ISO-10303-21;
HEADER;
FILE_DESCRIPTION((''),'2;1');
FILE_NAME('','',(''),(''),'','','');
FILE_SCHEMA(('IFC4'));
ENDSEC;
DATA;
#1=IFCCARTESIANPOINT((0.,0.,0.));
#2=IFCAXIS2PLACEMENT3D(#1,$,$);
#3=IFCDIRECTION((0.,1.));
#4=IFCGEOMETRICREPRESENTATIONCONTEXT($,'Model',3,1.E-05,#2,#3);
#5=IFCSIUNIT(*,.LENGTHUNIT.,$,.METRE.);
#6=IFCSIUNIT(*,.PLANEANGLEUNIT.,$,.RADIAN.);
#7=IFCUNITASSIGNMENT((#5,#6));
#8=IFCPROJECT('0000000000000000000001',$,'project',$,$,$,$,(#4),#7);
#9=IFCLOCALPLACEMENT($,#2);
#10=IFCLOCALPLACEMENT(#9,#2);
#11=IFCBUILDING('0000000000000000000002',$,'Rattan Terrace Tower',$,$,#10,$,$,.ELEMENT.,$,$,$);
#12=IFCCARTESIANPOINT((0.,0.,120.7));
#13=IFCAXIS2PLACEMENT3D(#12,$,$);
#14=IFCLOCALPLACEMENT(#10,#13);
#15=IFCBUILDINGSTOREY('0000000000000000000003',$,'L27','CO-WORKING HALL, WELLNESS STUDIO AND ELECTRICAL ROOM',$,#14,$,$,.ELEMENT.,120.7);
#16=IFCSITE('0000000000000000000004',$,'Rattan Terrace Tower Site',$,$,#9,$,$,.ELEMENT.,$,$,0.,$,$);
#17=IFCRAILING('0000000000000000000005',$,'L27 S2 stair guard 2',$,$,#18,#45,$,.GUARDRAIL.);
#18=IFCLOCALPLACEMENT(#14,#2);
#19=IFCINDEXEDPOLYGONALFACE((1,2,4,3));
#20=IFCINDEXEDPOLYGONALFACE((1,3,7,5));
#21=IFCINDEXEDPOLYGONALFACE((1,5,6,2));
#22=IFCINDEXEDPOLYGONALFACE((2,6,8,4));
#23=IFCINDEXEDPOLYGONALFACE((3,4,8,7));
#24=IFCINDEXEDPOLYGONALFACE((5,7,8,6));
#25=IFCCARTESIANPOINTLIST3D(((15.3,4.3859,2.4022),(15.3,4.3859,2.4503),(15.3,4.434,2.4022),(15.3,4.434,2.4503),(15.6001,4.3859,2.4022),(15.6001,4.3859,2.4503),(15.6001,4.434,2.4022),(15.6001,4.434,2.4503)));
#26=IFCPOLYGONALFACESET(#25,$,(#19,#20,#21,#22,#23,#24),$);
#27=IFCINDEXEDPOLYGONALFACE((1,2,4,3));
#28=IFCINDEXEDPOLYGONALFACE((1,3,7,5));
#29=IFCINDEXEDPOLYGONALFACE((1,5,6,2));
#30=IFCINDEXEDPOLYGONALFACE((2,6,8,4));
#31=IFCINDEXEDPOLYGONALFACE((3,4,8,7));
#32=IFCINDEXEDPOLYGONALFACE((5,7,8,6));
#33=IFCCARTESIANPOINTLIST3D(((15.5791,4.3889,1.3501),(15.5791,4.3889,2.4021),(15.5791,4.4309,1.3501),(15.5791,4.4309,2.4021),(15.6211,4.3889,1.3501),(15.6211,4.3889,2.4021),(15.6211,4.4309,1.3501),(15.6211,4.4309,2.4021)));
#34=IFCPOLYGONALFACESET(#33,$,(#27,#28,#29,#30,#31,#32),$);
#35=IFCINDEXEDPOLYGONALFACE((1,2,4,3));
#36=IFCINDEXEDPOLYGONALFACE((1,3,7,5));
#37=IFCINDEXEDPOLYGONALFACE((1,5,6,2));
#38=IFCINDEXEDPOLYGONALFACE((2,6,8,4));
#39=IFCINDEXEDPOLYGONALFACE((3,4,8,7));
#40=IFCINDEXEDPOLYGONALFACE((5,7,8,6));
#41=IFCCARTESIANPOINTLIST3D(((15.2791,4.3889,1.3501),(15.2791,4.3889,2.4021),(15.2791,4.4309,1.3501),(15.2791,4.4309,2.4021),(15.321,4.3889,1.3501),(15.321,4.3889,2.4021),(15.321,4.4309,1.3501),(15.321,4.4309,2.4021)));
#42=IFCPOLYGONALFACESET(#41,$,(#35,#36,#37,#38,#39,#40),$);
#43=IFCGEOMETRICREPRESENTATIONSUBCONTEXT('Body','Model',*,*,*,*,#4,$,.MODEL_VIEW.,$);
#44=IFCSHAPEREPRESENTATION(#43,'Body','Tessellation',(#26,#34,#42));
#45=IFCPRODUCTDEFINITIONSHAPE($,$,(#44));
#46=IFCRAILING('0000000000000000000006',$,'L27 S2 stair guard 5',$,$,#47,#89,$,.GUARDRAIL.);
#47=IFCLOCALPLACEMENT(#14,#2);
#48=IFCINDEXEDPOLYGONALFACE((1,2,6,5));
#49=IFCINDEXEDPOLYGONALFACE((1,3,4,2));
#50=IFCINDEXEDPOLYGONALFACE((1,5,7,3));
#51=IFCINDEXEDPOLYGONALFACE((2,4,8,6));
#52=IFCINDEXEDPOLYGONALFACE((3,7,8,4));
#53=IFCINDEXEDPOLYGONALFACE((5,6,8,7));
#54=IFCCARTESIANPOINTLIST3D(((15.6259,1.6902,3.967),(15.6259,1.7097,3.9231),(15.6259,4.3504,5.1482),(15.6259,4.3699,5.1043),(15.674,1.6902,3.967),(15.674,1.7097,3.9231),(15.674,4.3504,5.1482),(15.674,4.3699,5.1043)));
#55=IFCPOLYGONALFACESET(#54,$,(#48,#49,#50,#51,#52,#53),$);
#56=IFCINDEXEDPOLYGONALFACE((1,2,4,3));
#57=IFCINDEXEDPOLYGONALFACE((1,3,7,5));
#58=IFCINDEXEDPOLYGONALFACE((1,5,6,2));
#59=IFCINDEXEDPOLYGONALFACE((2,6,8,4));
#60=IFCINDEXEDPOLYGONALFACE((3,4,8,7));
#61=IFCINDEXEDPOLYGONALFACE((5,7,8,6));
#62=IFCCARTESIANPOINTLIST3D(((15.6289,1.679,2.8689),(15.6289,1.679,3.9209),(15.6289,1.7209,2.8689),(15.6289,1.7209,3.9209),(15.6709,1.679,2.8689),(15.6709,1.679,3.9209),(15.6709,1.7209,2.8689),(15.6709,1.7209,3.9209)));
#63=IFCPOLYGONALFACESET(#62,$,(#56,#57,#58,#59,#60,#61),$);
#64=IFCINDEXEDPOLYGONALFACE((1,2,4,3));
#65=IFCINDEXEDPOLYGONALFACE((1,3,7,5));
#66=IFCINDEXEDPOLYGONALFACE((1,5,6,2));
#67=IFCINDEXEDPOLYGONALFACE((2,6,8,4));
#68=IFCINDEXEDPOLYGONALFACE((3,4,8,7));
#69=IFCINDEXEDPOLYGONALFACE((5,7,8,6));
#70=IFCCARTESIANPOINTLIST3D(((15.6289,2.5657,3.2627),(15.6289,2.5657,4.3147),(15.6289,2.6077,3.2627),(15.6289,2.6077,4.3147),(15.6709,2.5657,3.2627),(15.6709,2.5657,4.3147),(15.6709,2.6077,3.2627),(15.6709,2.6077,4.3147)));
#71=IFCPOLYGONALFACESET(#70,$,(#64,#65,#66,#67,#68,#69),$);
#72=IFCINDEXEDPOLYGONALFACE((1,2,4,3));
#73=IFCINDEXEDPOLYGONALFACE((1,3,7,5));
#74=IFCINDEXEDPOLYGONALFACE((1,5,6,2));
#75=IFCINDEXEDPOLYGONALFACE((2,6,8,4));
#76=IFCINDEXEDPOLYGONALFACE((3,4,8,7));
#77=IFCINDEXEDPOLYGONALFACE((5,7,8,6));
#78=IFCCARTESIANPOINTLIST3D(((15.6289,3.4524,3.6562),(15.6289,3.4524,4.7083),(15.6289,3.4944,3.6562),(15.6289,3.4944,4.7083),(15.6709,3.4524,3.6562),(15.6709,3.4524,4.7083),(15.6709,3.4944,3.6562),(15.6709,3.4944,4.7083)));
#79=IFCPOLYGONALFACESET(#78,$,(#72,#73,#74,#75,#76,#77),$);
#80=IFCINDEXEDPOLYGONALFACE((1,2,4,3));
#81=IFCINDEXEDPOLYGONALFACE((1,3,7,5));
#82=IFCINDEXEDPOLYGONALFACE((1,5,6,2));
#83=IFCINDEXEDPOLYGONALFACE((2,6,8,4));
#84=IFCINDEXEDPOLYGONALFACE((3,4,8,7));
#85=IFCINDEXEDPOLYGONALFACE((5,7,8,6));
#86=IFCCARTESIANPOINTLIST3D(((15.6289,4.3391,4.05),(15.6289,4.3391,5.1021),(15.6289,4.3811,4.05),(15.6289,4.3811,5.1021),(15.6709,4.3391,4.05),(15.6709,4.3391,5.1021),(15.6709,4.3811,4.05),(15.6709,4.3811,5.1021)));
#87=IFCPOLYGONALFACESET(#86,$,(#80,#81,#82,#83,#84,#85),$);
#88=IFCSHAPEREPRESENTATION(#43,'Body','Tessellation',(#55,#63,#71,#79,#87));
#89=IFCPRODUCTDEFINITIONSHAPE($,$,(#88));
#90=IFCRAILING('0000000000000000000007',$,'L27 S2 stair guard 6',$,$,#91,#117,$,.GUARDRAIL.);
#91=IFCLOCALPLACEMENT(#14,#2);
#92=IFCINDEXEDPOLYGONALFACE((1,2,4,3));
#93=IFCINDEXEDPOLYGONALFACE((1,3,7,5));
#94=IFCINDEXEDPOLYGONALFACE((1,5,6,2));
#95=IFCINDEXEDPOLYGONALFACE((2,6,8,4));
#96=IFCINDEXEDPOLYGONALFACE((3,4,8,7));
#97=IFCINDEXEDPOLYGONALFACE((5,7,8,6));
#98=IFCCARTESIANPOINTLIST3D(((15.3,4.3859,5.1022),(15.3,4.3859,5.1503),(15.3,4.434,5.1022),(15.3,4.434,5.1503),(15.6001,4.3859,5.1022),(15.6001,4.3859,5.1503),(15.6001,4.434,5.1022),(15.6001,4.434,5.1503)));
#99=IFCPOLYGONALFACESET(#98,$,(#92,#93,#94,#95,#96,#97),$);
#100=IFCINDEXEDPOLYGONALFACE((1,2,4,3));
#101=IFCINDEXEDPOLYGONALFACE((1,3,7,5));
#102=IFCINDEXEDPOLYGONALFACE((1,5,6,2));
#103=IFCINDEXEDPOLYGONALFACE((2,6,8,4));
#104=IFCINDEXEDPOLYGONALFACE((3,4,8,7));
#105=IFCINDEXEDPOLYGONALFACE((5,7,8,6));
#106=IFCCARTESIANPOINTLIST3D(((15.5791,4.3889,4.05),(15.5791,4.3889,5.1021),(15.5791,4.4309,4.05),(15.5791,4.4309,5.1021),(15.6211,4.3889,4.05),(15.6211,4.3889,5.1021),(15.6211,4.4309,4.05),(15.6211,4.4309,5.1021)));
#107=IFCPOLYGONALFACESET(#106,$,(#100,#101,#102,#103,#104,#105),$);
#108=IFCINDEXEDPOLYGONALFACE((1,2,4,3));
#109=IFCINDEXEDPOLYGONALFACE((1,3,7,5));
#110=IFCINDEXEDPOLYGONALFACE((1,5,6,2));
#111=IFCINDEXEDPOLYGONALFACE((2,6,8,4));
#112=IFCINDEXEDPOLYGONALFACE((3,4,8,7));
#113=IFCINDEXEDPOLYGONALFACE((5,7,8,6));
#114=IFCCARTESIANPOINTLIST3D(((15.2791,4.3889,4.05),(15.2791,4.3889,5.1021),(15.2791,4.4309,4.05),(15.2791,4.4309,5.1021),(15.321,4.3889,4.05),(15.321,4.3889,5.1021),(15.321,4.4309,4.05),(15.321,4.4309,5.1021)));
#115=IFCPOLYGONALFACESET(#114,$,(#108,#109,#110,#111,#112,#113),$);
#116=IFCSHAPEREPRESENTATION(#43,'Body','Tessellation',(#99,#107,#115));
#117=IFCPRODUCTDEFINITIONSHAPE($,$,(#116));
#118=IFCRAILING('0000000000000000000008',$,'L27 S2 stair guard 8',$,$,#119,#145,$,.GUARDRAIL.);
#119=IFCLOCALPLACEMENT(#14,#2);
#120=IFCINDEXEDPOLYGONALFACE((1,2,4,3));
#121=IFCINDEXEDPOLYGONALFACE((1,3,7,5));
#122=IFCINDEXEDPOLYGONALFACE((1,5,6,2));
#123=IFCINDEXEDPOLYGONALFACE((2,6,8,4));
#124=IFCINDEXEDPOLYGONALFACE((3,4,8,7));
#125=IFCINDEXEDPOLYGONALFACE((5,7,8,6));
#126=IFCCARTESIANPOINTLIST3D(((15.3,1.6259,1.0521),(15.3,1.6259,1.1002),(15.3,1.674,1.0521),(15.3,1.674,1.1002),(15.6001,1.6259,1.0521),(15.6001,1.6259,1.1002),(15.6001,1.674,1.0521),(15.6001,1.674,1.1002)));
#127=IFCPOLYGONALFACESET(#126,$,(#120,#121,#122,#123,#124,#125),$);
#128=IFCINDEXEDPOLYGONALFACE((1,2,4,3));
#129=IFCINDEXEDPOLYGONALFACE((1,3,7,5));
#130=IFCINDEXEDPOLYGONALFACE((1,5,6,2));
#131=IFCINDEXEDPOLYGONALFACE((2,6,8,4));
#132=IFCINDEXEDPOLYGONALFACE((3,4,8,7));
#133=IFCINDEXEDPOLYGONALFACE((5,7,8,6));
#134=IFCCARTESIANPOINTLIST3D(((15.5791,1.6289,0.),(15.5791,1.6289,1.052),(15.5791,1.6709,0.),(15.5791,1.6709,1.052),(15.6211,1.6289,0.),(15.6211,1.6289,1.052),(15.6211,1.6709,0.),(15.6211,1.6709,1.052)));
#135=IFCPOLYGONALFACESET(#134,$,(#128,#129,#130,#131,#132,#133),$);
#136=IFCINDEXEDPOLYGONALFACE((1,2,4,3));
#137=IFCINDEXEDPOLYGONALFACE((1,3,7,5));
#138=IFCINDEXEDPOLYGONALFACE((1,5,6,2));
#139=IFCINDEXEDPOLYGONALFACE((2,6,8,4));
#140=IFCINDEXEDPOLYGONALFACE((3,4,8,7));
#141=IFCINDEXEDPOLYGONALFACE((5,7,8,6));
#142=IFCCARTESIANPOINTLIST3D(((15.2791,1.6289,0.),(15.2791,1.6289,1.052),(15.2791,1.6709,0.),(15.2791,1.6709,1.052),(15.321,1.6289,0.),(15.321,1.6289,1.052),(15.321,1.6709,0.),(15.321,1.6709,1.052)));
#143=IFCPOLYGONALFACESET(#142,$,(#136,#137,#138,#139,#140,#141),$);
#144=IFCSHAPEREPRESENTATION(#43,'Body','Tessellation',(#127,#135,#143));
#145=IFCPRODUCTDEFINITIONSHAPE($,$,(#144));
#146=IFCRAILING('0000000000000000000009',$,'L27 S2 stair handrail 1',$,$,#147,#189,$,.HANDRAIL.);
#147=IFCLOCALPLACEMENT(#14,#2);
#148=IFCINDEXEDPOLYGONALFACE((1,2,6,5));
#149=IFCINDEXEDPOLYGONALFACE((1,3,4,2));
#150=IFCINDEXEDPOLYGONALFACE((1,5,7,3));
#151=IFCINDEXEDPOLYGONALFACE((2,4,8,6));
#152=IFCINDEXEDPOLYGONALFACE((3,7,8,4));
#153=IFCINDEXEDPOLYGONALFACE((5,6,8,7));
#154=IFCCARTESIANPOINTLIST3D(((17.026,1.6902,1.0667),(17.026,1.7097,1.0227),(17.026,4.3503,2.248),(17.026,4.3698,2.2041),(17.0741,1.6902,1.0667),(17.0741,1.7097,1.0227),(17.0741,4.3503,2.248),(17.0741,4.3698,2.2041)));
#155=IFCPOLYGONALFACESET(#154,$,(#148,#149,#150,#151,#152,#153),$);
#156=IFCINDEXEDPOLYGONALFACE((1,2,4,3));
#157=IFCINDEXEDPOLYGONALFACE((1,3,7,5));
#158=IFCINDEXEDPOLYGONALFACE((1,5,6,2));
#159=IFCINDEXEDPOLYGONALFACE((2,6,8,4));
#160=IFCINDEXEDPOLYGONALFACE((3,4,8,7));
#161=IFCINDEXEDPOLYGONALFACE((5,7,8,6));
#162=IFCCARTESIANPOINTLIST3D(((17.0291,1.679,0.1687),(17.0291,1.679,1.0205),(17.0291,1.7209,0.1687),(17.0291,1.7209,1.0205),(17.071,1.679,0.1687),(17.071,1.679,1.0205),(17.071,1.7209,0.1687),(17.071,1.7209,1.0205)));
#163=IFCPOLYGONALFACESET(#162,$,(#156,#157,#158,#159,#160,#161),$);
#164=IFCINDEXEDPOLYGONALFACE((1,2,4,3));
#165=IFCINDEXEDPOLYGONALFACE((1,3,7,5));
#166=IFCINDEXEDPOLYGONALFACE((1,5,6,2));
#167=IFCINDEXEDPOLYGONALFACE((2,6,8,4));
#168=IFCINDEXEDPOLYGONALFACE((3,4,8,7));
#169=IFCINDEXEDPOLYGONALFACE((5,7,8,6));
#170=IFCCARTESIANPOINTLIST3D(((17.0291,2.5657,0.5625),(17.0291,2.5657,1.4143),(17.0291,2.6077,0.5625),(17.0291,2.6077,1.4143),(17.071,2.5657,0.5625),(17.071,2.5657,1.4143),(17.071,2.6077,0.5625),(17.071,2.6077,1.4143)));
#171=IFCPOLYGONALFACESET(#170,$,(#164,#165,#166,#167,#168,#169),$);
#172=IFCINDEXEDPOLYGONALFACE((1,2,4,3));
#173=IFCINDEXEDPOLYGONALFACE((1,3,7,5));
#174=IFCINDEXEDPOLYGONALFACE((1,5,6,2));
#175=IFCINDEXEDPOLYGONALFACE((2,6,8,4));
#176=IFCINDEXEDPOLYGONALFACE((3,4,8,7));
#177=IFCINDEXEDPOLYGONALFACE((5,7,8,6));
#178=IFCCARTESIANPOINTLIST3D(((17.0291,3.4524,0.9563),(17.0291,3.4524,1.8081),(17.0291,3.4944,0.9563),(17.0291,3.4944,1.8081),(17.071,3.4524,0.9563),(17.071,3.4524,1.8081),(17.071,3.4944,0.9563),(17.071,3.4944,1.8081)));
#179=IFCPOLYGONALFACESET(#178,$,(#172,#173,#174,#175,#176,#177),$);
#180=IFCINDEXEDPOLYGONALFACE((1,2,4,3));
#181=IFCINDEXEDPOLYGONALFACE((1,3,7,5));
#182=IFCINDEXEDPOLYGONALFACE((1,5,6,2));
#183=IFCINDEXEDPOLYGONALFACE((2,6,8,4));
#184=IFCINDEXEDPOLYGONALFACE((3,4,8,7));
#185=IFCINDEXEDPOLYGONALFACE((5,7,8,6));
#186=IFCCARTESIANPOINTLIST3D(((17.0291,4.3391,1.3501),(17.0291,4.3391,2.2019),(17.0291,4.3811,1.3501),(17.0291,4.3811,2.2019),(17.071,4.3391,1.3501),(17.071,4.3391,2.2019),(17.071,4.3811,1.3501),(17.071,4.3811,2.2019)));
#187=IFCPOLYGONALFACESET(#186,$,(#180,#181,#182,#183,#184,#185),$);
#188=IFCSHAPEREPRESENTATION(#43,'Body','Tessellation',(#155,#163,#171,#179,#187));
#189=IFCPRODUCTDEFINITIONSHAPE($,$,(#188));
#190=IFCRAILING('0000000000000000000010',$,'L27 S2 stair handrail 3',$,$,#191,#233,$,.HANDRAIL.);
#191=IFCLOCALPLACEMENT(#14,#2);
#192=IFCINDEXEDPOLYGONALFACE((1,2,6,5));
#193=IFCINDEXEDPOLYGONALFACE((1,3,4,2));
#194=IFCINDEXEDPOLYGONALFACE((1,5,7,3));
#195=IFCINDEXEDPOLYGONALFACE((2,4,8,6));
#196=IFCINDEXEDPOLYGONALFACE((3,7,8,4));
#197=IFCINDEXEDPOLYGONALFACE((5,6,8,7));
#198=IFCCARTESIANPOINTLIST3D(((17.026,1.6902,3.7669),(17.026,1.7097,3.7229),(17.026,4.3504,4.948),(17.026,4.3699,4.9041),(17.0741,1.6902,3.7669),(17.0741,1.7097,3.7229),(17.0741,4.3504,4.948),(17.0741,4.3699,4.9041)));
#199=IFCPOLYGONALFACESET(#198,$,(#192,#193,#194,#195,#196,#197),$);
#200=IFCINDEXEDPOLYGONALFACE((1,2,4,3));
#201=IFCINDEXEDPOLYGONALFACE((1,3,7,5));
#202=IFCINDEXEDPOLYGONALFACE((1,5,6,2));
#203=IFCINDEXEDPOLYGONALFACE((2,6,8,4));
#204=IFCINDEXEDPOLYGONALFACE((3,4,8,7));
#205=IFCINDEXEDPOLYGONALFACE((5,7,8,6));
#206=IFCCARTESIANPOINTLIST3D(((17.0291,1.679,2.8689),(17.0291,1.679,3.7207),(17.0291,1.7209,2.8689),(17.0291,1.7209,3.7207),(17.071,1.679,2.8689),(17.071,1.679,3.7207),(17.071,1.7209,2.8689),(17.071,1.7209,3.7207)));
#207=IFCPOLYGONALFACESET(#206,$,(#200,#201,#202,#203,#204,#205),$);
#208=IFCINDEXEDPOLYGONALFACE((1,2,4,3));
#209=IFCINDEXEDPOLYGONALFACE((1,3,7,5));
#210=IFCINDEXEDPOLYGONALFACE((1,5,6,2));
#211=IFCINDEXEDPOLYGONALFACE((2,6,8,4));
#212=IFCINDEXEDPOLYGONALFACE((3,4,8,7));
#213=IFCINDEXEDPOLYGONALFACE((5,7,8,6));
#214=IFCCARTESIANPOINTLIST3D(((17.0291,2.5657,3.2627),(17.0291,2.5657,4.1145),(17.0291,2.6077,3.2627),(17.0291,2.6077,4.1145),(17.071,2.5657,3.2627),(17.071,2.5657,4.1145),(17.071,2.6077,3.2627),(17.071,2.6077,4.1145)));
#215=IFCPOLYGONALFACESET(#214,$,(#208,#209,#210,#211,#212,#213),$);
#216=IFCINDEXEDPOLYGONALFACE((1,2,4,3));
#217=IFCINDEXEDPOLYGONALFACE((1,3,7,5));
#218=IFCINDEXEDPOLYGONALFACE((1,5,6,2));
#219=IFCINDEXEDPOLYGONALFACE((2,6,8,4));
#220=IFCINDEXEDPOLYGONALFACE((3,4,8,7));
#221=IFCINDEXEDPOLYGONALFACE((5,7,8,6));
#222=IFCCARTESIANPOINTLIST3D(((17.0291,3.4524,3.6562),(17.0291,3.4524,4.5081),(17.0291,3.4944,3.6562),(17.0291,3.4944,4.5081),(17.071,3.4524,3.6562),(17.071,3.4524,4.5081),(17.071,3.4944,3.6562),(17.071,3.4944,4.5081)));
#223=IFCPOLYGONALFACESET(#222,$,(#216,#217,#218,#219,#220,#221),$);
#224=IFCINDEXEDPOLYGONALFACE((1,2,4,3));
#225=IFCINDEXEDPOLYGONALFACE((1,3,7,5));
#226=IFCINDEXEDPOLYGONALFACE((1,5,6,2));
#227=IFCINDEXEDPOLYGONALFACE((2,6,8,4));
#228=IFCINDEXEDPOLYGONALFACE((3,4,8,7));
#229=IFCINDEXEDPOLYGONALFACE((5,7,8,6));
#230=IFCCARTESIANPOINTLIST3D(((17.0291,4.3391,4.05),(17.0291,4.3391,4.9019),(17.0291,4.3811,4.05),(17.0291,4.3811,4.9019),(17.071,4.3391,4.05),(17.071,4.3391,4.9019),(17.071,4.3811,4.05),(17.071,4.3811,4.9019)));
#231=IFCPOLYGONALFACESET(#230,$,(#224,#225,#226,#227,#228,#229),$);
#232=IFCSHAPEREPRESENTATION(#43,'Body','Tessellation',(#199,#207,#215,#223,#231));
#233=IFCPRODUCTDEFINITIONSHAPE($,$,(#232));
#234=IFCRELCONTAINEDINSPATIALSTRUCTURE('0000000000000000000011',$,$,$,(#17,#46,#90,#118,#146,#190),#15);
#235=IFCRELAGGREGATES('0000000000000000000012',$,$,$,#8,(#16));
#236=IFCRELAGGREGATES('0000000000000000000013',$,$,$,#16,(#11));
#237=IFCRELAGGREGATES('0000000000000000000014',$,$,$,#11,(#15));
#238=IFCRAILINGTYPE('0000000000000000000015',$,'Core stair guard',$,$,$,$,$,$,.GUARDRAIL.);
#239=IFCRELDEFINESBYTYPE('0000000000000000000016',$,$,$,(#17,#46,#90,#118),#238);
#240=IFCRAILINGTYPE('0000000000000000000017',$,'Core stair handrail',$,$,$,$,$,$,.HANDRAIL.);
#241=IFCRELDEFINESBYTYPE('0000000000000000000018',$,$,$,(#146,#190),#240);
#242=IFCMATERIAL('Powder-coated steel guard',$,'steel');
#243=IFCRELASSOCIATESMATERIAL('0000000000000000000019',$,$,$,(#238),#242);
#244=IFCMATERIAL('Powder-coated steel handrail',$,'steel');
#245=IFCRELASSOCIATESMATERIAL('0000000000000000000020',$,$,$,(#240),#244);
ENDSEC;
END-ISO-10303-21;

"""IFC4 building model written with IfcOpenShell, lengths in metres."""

from ifc_helpers import new_model, si_unit, direction, frame, origin, origin_2d, place, context, subcontext, project, spatial, rectangle, extrude, material, type_object, element, save


model = new_model("IFC4")

# Units and contexts
model_context = context("Model", 3, precision=1e-05, world=origin(), true_north=direction((0.0, 1.0)))
body_context = subcontext(model_context, "Body", "Model", "MODEL_VIEW")
ifc_project = project(units=[si_unit("LENGTHUNIT", "METRE"), si_unit("PLANEANGLEUNIT", "RADIAN")], contexts=[model_context])

# Site, building, storey
site_placement = place(None, origin())
site = spatial("IfcSite", under=ifc_project, at=site_placement, Name="Rattan Terrace Tower Site", CompositionType="ELEMENT", RefElevation=0.0)
building_placement = place(site_placement, origin())
building = spatial("IfcBuilding", under=site, at=building_placement, Name="Rattan Terrace Tower", CompositionType="ELEMENT")
storey_placement = place(building_placement, frame((0.0, 0.0, 120.7)))
storey = spatial("IfcBuildingStorey", under=building, at=storey_placement, Name="L27", Description="CO-WORKING HALL, WELLNESS STUDIO AND ELECTRICAL ROOM", CompositionType="ELEMENT", Elevation=120.7)

# Railings
ifc_material_1 = material(Name="Powder-coated steel guard", Category="steel")
railing_type_1 = type_object("IfcRailingType", Name="Core stair guard", PredefinedType="GUARDRAIL", material=ifc_material_1)
railing_1_placement = place(storey_placement, frame((15.6001, 4.4099, 1.3501)))
element("IfcRailing", 1, at=railing_1_placement, inside=storey, type_object=railing_type_1, Name="L27 S2 stair guard 2", PredefinedType="GUARDRAIL", context=body_context, shape_type="SweptSolid", body=[
    extrude(rectangle(XDim=0.0481, YDim=0.0481, at=origin_2d()), frame((0.0, 0.0, 1.0762), z_axis=(-1.0, 0.0, 0.0), x_axis=(0.0, -1.0, 0.0)), (0.0, 0.0, 1.0), 0.3),
    extrude(rectangle(XDim=0.042, YDim=0.042, at=origin_2d()), origin(), (0.0, 0.0, 1.0), 1.052),
    extrude(rectangle(XDim=0.042, YDim=0.042, at=origin_2d()), frame((-0.3, 0.0, 0.0)), (0.0, 0.0, 1.0), 1.052),
])
railing_2_placement = place(storey_placement, frame((15.6499, 1.7, 2.8689)))
element("IfcRailing", 2, at=railing_2_placement, inside=storey, type_object=railing_type_1, Name="L27 S2 stair guard 5", PredefinedType="GUARDRAIL", context=body_context, shape_type="SweptSolid", body=[
    extrude(rectangle(XDim=0.0481, YDim=0.0481, at=origin_2d()), frame((0.0, 0.0, 1.0762), z_axis=(0.0, 0.913957, 0.405812), x_axis=(-1.0, 0.0, 0.0)), (0.0, 0.0, 1.0), 2.9106),
    extrude(rectangle(XDim=0.042, YDim=0.042, at=origin_2d()), origin(), (0.0, 0.0, 1.0), 1.052),
    extrude(rectangle(XDim=0.042, YDim=0.042, at=origin_2d()), frame((0.0, 0.8867, 0.3938)), (0.0, 0.0, 1.0), 1.052),
    extrude(rectangle(XDim=0.042, YDim=0.042, at=origin_2d()), frame((0.0, 1.7734, 0.7874)), (0.0, 0.0, 1.0), 1.052),
    extrude(rectangle(XDim=0.042, YDim=0.042, at=origin_2d()), frame((0.0, 2.6602, 1.1812)), (0.0, 0.0, 1.0), 1.052),
])
for number, where, name in (
    (3, (15.6001, 4.4099, 4.05), "L27 S2 stair guard 6"),
    (4, (15.6001, 1.6499, 0.0), "L27 S2 stair guard 8"),
):
    element("IfcRailing", number, at=place(storey_placement, frame(where)), inside=storey, type_object=railing_type_1, Name=name, PredefinedType="GUARDRAIL", context=body_context, shape_type="SweptSolid", body=[
        extrude(rectangle(XDim=0.0481, YDim=0.0481, at=origin_2d()), frame((0.0, 0.0, 1.0762), z_axis=(-1.0, 0.0, 0.0), x_axis=(0.0, -1.0, 0.0)), (0.0, 0.0, 1.0), 0.3),
        extrude(rectangle(XDim=0.042, YDim=0.042, at=origin_2d()), origin(), (0.0, 0.0, 1.0), 1.052),
        extrude(rectangle(XDim=0.042, YDim=0.042, at=origin_2d()), frame((-0.3, 0.0, 0.0)), (0.0, 0.0, 1.0), 1.052),
    ])
ifc_material_2 = material(Name="Powder-coated steel handrail", Category="steel")
railing_type_2 = type_object("IfcRailingType", Name="Core stair handrail", PredefinedType="HANDRAIL", material=ifc_material_2)
railing_3_placement = place(storey_placement, frame((17.05, 1.7, 0.1687)))
element("IfcRailing", 5, at=railing_3_placement, inside=storey, type_object=railing_type_2, Name="L27 S2 stair handrail 1", PredefinedType="HANDRAIL", context=body_context, shape_type="SweptSolid", body=[
    extrude(rectangle(XDim=0.0481, YDim=0.0481, at=origin_2d()), frame((0.0, 0.0, 0.876), z_axis=(0.0, 0.913926, 0.405882), x_axis=(-1.0, 0.0, 0.0)), (0.0, 0.0, 1.0), 2.9106),
    extrude(rectangle(XDim=0.042, YDim=0.042, at=origin_2d()), origin(), (0.0, 0.0, 1.0), 0.8518),
    extrude(rectangle(XDim=0.042, YDim=0.042, at=origin_2d()), frame((0.0, 0.8867, 0.3938)), (0.0, 0.0, 1.0), 0.8518),
    extrude(rectangle(XDim=0.042, YDim=0.042, at=origin_2d()), frame((0.0, 1.7734, 0.7876)), (0.0, 0.0, 1.0), 0.8518),
    extrude(rectangle(XDim=0.042, YDim=0.042, at=origin_2d()), frame((0.0, 2.6602, 1.1814)), (0.0, 0.0, 1.0), 0.8518),
])
railing_4_placement = place(storey_placement, frame((17.05, 1.7, 2.8689)))
element("IfcRailing", 6, at=railing_4_placement, inside=storey, type_object=railing_type_2, Name="L27 S2 stair handrail 3", PredefinedType="HANDRAIL", context=body_context, shape_type="SweptSolid", body=[
    extrude(rectangle(XDim=0.0481, YDim=0.0481, at=origin_2d()), frame((0.0, 0.0, 0.876), z_axis=(0.0, 0.913957, 0.405812), x_axis=(-1.0, 0.0, 0.0)), (0.0, 0.0, 1.0), 2.9106),
    extrude(rectangle(XDim=0.042, YDim=0.042, at=origin_2d()), origin(), (0.0, 0.0, 1.0), 0.8518),
    extrude(rectangle(XDim=0.042, YDim=0.042, at=origin_2d()), frame((0.0, 0.8867, 0.3938)), (0.0, 0.0, 1.0), 0.8518),
    extrude(rectangle(XDim=0.042, YDim=0.042, at=origin_2d()), frame((0.0, 1.7734, 0.7874)), (0.0, 0.0, 1.0), 0.8518),
    extrude(rectangle(XDim=0.042, YDim=0.042, at=origin_2d()), frame((0.0, 2.6602, 1.1812)), (0.0, 0.0, 1.0), 0.8518),
])

save(model, "model.ifc")
